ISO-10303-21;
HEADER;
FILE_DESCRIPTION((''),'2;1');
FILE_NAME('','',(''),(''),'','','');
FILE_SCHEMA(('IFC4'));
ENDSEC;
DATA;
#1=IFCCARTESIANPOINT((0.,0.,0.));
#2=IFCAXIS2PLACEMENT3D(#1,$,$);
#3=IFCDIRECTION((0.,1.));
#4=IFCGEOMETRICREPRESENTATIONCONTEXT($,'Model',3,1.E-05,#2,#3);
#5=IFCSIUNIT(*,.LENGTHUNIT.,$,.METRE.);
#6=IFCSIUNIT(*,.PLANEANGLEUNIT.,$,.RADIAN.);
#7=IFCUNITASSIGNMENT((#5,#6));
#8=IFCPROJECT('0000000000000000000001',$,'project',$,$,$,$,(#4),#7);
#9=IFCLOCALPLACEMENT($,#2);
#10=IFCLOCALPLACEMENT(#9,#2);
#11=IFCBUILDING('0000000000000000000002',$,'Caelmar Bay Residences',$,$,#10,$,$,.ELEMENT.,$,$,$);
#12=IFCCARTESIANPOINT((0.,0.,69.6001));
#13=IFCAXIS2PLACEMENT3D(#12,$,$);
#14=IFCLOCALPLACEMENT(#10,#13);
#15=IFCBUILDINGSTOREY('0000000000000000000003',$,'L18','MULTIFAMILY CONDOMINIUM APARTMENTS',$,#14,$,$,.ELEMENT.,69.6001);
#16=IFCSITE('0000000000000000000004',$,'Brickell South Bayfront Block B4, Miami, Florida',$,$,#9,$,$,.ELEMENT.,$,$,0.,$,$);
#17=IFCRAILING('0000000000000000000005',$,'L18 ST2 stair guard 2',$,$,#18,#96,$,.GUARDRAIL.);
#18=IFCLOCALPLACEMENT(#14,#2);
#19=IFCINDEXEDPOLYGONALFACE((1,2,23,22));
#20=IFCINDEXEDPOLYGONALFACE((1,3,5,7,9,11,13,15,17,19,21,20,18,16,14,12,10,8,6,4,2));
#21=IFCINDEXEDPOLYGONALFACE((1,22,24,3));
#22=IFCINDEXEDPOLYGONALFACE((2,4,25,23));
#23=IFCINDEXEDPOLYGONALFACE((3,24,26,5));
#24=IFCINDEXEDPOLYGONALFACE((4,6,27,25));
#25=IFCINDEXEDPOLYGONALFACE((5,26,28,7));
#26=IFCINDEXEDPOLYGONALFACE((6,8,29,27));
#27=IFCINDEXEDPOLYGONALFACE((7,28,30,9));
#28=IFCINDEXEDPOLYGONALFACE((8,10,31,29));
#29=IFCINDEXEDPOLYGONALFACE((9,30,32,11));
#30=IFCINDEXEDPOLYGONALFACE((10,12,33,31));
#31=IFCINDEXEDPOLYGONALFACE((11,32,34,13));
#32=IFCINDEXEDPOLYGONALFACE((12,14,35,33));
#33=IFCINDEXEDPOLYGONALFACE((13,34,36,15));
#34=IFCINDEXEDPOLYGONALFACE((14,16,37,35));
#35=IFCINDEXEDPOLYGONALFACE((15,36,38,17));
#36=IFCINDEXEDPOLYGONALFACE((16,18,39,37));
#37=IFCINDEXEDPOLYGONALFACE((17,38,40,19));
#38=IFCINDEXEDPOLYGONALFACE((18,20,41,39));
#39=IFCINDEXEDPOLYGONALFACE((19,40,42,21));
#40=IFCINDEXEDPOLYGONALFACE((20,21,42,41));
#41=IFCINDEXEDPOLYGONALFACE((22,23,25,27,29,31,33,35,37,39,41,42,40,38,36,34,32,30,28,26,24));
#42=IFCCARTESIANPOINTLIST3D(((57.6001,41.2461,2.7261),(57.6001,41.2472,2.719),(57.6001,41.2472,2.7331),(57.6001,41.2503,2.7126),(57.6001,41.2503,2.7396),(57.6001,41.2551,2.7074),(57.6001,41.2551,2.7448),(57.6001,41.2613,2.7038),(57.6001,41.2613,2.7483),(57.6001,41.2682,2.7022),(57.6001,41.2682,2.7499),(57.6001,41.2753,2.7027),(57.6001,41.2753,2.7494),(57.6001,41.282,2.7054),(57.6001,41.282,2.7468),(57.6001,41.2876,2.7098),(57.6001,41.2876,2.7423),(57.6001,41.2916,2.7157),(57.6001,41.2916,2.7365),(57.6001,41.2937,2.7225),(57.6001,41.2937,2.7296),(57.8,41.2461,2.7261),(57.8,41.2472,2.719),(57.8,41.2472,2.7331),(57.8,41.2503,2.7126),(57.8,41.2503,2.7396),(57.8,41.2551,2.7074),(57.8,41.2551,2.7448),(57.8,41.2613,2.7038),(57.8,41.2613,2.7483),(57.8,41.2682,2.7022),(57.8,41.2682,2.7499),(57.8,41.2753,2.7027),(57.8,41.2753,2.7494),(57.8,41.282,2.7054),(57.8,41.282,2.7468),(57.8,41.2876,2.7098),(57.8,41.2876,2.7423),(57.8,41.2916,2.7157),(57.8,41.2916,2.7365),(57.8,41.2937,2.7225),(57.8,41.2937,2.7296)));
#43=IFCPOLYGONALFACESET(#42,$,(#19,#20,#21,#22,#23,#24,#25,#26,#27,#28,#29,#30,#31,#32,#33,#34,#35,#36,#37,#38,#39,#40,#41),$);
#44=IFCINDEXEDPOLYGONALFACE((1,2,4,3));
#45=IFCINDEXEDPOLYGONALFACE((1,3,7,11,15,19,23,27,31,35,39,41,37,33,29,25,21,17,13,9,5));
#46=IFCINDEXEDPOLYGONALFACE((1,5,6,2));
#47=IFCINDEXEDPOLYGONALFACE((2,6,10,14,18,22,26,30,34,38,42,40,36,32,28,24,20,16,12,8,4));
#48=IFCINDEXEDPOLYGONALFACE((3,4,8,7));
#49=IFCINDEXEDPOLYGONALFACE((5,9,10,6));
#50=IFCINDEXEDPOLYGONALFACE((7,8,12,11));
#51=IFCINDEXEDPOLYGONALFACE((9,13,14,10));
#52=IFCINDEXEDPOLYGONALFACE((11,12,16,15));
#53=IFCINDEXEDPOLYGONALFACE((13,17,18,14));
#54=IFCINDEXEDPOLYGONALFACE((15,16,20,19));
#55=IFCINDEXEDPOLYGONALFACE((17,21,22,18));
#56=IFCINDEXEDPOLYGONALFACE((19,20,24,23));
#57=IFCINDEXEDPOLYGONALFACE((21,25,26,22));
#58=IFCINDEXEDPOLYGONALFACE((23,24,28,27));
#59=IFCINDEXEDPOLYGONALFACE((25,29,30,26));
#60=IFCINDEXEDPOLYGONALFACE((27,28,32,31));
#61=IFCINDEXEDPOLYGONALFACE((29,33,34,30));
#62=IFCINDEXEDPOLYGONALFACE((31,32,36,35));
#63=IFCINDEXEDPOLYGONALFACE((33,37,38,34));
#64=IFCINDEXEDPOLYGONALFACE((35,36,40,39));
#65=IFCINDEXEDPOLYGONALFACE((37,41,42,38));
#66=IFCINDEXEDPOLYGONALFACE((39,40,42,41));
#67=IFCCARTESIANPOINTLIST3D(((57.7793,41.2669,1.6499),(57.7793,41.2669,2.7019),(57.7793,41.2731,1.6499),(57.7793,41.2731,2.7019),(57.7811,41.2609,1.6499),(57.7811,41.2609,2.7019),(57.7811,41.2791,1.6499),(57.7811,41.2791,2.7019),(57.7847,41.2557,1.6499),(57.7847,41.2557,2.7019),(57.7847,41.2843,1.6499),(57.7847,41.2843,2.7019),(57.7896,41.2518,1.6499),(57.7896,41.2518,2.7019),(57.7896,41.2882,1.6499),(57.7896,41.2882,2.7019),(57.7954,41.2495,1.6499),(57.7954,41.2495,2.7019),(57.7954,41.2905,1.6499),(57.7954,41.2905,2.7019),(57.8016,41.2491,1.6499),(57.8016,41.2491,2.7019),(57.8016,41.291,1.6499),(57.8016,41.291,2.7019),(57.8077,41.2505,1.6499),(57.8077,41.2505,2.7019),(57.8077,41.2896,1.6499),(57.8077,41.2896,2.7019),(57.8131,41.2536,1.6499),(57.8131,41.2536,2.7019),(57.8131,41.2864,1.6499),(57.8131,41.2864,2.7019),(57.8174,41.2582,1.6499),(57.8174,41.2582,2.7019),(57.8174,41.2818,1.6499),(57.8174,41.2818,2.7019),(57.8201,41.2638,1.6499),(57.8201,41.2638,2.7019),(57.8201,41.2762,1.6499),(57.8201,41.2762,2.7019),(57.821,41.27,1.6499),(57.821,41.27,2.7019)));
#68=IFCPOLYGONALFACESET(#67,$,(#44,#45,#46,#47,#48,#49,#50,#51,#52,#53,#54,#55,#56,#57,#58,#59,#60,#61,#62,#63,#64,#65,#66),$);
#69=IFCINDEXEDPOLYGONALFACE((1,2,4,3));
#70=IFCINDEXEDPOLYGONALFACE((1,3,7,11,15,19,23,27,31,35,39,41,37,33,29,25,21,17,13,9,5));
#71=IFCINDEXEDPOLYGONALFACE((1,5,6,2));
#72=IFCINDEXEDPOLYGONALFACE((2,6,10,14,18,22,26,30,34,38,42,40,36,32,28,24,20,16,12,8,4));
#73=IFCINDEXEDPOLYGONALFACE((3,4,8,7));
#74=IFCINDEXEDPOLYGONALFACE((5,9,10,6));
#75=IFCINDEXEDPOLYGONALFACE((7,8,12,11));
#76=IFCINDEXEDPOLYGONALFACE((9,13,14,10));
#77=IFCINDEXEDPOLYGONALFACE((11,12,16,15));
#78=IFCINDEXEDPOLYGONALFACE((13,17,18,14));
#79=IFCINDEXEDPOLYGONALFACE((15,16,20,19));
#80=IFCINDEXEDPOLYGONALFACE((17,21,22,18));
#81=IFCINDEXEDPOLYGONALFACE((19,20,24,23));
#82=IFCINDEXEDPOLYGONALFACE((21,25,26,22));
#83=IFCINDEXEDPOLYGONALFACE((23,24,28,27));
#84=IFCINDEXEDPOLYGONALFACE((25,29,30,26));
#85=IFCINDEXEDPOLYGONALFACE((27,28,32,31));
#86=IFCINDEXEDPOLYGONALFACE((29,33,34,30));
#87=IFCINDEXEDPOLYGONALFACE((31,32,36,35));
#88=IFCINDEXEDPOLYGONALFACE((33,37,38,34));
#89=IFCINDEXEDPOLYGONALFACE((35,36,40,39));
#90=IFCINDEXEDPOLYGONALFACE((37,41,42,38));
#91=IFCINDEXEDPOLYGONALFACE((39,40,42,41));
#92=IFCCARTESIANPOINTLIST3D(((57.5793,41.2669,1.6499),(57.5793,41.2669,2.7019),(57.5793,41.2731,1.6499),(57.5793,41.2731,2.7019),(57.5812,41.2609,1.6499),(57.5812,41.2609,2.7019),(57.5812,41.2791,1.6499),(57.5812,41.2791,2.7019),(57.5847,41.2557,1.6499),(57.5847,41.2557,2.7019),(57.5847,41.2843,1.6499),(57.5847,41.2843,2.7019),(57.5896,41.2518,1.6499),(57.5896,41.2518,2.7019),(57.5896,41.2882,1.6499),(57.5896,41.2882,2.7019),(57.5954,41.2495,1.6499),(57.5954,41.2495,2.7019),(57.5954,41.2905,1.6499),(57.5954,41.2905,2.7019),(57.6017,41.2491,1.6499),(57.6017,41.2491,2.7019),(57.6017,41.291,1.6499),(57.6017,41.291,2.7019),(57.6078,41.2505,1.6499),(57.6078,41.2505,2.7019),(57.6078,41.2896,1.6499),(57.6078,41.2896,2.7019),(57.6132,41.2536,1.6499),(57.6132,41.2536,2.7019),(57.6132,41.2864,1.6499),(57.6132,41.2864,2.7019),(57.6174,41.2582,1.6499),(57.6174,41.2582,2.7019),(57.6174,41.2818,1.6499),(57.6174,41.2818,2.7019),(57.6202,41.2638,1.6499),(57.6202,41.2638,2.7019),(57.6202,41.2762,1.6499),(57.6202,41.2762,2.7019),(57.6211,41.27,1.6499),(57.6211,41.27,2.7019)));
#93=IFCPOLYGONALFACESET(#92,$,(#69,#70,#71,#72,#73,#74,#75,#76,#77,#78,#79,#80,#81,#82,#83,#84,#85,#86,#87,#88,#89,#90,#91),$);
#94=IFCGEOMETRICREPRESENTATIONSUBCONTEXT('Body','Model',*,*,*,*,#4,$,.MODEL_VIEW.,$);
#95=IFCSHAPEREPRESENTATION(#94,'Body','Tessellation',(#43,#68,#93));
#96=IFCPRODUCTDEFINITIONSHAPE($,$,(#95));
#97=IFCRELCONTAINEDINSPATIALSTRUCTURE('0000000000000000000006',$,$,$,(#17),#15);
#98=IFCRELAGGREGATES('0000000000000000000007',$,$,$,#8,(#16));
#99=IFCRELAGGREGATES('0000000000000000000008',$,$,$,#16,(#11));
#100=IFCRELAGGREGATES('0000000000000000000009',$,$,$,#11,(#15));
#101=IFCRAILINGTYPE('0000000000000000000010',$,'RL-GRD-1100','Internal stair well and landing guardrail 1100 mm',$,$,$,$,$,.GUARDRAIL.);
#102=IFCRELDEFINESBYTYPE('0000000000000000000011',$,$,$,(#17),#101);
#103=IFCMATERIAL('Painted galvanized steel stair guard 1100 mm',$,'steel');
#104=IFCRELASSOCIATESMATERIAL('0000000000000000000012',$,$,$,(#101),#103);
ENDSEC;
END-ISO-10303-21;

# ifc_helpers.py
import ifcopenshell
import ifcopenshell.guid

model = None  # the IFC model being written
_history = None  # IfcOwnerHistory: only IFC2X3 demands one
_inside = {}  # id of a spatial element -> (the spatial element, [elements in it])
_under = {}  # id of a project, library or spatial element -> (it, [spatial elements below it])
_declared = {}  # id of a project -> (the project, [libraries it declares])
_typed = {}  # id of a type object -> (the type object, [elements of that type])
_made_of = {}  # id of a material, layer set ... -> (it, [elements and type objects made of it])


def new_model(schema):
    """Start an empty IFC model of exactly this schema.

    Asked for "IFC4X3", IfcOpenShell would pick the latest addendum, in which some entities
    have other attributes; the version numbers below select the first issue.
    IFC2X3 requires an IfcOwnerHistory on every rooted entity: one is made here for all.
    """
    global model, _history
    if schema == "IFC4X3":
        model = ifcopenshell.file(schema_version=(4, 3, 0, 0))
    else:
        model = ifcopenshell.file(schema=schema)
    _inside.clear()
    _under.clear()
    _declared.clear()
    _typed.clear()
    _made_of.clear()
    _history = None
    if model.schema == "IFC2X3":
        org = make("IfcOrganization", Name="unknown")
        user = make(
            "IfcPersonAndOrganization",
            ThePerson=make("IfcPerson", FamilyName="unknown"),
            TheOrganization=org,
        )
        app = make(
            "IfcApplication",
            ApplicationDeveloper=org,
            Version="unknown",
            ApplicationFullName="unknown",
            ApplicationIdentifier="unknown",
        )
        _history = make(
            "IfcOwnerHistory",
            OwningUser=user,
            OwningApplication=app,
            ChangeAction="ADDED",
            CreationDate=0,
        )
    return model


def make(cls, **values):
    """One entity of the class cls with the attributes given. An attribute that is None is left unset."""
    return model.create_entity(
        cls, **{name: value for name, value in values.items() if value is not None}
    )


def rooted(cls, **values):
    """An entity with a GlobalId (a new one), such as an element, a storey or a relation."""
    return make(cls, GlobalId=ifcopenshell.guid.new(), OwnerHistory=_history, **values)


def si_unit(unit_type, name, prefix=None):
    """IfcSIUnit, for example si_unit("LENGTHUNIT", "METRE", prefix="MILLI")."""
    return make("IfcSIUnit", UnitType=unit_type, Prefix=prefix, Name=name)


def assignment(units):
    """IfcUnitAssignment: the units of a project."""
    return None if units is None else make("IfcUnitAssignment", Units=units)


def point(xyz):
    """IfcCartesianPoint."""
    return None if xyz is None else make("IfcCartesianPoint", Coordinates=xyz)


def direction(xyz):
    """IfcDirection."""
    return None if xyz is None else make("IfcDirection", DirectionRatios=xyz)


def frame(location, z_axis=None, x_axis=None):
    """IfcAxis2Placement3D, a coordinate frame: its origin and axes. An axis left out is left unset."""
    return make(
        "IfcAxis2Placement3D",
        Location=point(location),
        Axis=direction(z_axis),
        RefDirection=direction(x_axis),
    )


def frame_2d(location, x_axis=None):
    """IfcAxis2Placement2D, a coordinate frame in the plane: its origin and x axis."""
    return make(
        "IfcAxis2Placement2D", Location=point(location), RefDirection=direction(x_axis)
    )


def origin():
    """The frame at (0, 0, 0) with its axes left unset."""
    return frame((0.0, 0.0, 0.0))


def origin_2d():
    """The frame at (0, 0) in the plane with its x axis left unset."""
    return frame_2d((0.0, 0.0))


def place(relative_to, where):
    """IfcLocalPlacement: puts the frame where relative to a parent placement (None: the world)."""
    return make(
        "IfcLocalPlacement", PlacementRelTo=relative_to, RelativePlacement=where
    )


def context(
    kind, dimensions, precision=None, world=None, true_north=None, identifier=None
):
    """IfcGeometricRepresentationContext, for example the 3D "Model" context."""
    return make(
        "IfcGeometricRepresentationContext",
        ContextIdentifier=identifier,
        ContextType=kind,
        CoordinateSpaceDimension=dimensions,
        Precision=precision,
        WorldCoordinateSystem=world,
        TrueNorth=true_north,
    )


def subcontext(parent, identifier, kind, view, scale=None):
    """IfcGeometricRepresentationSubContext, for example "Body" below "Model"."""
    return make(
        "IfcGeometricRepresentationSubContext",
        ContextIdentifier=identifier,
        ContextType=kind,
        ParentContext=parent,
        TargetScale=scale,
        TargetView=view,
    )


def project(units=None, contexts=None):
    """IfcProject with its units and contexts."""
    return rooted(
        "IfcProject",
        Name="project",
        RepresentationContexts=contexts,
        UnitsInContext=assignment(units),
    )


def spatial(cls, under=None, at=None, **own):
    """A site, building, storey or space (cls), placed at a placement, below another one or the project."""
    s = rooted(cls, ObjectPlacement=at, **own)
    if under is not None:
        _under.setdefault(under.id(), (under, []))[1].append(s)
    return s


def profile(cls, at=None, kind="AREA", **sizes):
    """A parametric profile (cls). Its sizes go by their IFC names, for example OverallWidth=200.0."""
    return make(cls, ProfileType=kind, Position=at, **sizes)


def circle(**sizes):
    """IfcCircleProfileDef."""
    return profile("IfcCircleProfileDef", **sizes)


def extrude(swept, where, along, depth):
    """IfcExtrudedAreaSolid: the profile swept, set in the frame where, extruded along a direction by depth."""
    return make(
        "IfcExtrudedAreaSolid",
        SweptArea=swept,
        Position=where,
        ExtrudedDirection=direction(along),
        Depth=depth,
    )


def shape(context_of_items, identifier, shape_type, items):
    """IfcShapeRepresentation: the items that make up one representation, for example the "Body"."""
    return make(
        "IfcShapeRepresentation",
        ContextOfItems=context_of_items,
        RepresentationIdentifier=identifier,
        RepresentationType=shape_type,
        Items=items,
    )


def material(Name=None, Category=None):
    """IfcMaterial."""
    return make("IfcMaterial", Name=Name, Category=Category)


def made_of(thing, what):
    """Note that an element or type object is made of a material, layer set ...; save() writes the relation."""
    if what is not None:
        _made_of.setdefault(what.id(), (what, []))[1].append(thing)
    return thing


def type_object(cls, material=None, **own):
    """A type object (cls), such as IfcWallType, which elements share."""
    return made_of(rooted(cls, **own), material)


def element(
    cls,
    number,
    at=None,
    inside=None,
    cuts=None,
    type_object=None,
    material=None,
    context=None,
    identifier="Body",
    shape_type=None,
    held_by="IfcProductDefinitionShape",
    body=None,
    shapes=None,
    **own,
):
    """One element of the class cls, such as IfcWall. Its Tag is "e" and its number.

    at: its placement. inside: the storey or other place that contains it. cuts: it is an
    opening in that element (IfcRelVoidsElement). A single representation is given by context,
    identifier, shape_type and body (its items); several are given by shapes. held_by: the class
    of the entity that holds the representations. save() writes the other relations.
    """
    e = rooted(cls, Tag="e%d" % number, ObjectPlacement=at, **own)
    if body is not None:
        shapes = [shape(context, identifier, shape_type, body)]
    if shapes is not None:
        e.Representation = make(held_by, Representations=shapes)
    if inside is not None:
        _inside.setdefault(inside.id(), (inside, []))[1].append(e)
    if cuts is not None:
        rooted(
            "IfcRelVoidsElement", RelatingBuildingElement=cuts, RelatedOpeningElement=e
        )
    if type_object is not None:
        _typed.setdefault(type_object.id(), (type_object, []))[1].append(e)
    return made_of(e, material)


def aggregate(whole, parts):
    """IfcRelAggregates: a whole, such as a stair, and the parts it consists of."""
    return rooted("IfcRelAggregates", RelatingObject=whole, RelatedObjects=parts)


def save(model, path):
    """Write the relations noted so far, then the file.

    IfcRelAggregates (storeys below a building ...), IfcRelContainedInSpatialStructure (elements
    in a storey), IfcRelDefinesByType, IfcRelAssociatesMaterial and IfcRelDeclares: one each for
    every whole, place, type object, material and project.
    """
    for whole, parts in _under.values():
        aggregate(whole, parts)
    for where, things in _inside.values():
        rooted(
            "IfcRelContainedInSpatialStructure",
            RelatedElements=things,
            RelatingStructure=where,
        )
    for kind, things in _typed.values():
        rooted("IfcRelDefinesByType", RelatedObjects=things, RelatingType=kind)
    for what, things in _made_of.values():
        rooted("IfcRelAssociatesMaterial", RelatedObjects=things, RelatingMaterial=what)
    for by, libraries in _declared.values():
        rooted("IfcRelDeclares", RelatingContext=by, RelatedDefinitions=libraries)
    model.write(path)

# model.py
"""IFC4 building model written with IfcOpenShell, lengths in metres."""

from ifc_helpers import new_model, si_unit, direction, frame, origin, origin_2d, place, context, subcontext, project, spatial, circle, extrude, material, type_object, element, save


model = new_model("IFC4")

# Units and contexts
model_context = context("Model", 3, precision=1e-05, world=origin(), true_north=direction((0.0, 1.0)))
body_context = subcontext(model_context, "Body", "Model", "MODEL_VIEW")
ifc_project = project(units=[si_unit("LENGTHUNIT", "METRE"), si_unit("PLANEANGLEUNIT", "RADIAN")], contexts=[model_context])

# Site, building, storey
site_placement = place(None, origin())
site = spatial("IfcSite", under=ifc_project, at=site_placement, Name="Brickell South Bayfront Block B4, Miami, Florida", CompositionType="ELEMENT", RefElevation=0.0)
building_placement = place(site_placement, origin())
building = spatial("IfcBuilding", under=site, at=building_placement, Name="Caelmar Bay Residences", CompositionType="ELEMENT")
storey_placement = place(building_placement, frame((0.0, 0.0, 69.6001)))
storey = spatial("IfcBuildingStorey", under=building, at=storey_placement, Name="L18", Description="MULTIFAMILY CONDOMINIUM APARTMENTS", CompositionType="ELEMENT", Elevation=69.6001)

# Railing
ifc_material_1 = material(Name="Painted galvanized steel stair guard 1100 mm", Category="steel")
railing_type_1 = type_object("IfcRailingType", Name="RL-GRD-1100", Description="Internal stair well and landing guardrail 1100 mm", PredefinedType="GUARDRAIL", material=ifc_material_1)
railing_1_placement = place(storey_placement, frame((57.8, 41.27, 1.6499)))
element("IfcRailing", 1, at=railing_1_placement, inside=storey, type_object=railing_type_1, Name="L18 ST2 stair guard 2", PredefinedType="GUARDRAIL", context=body_context, shape_type="SweptSolid", body=[
    extrude(circle(Radius=0.0239, at=origin_2d()), frame((0.0, 0.0, 1.0762), z_axis=(-1.0, 0.0, 0.0), x_axis=(0.0, -1.0, 0.0)), (0.0, 0.0, 1.0), 0.2),
    extrude(circle(Radius=0.021, at=origin_2d()), origin(), (0.0, 0.0, 1.0), 1.052),
    extrude(circle(Radius=0.021, at=origin_2d()), frame((-0.2, 0.0, 0.0)), (0.0, 0.0, 1.0), 1.052),
])

save(model, "model.ifc")
